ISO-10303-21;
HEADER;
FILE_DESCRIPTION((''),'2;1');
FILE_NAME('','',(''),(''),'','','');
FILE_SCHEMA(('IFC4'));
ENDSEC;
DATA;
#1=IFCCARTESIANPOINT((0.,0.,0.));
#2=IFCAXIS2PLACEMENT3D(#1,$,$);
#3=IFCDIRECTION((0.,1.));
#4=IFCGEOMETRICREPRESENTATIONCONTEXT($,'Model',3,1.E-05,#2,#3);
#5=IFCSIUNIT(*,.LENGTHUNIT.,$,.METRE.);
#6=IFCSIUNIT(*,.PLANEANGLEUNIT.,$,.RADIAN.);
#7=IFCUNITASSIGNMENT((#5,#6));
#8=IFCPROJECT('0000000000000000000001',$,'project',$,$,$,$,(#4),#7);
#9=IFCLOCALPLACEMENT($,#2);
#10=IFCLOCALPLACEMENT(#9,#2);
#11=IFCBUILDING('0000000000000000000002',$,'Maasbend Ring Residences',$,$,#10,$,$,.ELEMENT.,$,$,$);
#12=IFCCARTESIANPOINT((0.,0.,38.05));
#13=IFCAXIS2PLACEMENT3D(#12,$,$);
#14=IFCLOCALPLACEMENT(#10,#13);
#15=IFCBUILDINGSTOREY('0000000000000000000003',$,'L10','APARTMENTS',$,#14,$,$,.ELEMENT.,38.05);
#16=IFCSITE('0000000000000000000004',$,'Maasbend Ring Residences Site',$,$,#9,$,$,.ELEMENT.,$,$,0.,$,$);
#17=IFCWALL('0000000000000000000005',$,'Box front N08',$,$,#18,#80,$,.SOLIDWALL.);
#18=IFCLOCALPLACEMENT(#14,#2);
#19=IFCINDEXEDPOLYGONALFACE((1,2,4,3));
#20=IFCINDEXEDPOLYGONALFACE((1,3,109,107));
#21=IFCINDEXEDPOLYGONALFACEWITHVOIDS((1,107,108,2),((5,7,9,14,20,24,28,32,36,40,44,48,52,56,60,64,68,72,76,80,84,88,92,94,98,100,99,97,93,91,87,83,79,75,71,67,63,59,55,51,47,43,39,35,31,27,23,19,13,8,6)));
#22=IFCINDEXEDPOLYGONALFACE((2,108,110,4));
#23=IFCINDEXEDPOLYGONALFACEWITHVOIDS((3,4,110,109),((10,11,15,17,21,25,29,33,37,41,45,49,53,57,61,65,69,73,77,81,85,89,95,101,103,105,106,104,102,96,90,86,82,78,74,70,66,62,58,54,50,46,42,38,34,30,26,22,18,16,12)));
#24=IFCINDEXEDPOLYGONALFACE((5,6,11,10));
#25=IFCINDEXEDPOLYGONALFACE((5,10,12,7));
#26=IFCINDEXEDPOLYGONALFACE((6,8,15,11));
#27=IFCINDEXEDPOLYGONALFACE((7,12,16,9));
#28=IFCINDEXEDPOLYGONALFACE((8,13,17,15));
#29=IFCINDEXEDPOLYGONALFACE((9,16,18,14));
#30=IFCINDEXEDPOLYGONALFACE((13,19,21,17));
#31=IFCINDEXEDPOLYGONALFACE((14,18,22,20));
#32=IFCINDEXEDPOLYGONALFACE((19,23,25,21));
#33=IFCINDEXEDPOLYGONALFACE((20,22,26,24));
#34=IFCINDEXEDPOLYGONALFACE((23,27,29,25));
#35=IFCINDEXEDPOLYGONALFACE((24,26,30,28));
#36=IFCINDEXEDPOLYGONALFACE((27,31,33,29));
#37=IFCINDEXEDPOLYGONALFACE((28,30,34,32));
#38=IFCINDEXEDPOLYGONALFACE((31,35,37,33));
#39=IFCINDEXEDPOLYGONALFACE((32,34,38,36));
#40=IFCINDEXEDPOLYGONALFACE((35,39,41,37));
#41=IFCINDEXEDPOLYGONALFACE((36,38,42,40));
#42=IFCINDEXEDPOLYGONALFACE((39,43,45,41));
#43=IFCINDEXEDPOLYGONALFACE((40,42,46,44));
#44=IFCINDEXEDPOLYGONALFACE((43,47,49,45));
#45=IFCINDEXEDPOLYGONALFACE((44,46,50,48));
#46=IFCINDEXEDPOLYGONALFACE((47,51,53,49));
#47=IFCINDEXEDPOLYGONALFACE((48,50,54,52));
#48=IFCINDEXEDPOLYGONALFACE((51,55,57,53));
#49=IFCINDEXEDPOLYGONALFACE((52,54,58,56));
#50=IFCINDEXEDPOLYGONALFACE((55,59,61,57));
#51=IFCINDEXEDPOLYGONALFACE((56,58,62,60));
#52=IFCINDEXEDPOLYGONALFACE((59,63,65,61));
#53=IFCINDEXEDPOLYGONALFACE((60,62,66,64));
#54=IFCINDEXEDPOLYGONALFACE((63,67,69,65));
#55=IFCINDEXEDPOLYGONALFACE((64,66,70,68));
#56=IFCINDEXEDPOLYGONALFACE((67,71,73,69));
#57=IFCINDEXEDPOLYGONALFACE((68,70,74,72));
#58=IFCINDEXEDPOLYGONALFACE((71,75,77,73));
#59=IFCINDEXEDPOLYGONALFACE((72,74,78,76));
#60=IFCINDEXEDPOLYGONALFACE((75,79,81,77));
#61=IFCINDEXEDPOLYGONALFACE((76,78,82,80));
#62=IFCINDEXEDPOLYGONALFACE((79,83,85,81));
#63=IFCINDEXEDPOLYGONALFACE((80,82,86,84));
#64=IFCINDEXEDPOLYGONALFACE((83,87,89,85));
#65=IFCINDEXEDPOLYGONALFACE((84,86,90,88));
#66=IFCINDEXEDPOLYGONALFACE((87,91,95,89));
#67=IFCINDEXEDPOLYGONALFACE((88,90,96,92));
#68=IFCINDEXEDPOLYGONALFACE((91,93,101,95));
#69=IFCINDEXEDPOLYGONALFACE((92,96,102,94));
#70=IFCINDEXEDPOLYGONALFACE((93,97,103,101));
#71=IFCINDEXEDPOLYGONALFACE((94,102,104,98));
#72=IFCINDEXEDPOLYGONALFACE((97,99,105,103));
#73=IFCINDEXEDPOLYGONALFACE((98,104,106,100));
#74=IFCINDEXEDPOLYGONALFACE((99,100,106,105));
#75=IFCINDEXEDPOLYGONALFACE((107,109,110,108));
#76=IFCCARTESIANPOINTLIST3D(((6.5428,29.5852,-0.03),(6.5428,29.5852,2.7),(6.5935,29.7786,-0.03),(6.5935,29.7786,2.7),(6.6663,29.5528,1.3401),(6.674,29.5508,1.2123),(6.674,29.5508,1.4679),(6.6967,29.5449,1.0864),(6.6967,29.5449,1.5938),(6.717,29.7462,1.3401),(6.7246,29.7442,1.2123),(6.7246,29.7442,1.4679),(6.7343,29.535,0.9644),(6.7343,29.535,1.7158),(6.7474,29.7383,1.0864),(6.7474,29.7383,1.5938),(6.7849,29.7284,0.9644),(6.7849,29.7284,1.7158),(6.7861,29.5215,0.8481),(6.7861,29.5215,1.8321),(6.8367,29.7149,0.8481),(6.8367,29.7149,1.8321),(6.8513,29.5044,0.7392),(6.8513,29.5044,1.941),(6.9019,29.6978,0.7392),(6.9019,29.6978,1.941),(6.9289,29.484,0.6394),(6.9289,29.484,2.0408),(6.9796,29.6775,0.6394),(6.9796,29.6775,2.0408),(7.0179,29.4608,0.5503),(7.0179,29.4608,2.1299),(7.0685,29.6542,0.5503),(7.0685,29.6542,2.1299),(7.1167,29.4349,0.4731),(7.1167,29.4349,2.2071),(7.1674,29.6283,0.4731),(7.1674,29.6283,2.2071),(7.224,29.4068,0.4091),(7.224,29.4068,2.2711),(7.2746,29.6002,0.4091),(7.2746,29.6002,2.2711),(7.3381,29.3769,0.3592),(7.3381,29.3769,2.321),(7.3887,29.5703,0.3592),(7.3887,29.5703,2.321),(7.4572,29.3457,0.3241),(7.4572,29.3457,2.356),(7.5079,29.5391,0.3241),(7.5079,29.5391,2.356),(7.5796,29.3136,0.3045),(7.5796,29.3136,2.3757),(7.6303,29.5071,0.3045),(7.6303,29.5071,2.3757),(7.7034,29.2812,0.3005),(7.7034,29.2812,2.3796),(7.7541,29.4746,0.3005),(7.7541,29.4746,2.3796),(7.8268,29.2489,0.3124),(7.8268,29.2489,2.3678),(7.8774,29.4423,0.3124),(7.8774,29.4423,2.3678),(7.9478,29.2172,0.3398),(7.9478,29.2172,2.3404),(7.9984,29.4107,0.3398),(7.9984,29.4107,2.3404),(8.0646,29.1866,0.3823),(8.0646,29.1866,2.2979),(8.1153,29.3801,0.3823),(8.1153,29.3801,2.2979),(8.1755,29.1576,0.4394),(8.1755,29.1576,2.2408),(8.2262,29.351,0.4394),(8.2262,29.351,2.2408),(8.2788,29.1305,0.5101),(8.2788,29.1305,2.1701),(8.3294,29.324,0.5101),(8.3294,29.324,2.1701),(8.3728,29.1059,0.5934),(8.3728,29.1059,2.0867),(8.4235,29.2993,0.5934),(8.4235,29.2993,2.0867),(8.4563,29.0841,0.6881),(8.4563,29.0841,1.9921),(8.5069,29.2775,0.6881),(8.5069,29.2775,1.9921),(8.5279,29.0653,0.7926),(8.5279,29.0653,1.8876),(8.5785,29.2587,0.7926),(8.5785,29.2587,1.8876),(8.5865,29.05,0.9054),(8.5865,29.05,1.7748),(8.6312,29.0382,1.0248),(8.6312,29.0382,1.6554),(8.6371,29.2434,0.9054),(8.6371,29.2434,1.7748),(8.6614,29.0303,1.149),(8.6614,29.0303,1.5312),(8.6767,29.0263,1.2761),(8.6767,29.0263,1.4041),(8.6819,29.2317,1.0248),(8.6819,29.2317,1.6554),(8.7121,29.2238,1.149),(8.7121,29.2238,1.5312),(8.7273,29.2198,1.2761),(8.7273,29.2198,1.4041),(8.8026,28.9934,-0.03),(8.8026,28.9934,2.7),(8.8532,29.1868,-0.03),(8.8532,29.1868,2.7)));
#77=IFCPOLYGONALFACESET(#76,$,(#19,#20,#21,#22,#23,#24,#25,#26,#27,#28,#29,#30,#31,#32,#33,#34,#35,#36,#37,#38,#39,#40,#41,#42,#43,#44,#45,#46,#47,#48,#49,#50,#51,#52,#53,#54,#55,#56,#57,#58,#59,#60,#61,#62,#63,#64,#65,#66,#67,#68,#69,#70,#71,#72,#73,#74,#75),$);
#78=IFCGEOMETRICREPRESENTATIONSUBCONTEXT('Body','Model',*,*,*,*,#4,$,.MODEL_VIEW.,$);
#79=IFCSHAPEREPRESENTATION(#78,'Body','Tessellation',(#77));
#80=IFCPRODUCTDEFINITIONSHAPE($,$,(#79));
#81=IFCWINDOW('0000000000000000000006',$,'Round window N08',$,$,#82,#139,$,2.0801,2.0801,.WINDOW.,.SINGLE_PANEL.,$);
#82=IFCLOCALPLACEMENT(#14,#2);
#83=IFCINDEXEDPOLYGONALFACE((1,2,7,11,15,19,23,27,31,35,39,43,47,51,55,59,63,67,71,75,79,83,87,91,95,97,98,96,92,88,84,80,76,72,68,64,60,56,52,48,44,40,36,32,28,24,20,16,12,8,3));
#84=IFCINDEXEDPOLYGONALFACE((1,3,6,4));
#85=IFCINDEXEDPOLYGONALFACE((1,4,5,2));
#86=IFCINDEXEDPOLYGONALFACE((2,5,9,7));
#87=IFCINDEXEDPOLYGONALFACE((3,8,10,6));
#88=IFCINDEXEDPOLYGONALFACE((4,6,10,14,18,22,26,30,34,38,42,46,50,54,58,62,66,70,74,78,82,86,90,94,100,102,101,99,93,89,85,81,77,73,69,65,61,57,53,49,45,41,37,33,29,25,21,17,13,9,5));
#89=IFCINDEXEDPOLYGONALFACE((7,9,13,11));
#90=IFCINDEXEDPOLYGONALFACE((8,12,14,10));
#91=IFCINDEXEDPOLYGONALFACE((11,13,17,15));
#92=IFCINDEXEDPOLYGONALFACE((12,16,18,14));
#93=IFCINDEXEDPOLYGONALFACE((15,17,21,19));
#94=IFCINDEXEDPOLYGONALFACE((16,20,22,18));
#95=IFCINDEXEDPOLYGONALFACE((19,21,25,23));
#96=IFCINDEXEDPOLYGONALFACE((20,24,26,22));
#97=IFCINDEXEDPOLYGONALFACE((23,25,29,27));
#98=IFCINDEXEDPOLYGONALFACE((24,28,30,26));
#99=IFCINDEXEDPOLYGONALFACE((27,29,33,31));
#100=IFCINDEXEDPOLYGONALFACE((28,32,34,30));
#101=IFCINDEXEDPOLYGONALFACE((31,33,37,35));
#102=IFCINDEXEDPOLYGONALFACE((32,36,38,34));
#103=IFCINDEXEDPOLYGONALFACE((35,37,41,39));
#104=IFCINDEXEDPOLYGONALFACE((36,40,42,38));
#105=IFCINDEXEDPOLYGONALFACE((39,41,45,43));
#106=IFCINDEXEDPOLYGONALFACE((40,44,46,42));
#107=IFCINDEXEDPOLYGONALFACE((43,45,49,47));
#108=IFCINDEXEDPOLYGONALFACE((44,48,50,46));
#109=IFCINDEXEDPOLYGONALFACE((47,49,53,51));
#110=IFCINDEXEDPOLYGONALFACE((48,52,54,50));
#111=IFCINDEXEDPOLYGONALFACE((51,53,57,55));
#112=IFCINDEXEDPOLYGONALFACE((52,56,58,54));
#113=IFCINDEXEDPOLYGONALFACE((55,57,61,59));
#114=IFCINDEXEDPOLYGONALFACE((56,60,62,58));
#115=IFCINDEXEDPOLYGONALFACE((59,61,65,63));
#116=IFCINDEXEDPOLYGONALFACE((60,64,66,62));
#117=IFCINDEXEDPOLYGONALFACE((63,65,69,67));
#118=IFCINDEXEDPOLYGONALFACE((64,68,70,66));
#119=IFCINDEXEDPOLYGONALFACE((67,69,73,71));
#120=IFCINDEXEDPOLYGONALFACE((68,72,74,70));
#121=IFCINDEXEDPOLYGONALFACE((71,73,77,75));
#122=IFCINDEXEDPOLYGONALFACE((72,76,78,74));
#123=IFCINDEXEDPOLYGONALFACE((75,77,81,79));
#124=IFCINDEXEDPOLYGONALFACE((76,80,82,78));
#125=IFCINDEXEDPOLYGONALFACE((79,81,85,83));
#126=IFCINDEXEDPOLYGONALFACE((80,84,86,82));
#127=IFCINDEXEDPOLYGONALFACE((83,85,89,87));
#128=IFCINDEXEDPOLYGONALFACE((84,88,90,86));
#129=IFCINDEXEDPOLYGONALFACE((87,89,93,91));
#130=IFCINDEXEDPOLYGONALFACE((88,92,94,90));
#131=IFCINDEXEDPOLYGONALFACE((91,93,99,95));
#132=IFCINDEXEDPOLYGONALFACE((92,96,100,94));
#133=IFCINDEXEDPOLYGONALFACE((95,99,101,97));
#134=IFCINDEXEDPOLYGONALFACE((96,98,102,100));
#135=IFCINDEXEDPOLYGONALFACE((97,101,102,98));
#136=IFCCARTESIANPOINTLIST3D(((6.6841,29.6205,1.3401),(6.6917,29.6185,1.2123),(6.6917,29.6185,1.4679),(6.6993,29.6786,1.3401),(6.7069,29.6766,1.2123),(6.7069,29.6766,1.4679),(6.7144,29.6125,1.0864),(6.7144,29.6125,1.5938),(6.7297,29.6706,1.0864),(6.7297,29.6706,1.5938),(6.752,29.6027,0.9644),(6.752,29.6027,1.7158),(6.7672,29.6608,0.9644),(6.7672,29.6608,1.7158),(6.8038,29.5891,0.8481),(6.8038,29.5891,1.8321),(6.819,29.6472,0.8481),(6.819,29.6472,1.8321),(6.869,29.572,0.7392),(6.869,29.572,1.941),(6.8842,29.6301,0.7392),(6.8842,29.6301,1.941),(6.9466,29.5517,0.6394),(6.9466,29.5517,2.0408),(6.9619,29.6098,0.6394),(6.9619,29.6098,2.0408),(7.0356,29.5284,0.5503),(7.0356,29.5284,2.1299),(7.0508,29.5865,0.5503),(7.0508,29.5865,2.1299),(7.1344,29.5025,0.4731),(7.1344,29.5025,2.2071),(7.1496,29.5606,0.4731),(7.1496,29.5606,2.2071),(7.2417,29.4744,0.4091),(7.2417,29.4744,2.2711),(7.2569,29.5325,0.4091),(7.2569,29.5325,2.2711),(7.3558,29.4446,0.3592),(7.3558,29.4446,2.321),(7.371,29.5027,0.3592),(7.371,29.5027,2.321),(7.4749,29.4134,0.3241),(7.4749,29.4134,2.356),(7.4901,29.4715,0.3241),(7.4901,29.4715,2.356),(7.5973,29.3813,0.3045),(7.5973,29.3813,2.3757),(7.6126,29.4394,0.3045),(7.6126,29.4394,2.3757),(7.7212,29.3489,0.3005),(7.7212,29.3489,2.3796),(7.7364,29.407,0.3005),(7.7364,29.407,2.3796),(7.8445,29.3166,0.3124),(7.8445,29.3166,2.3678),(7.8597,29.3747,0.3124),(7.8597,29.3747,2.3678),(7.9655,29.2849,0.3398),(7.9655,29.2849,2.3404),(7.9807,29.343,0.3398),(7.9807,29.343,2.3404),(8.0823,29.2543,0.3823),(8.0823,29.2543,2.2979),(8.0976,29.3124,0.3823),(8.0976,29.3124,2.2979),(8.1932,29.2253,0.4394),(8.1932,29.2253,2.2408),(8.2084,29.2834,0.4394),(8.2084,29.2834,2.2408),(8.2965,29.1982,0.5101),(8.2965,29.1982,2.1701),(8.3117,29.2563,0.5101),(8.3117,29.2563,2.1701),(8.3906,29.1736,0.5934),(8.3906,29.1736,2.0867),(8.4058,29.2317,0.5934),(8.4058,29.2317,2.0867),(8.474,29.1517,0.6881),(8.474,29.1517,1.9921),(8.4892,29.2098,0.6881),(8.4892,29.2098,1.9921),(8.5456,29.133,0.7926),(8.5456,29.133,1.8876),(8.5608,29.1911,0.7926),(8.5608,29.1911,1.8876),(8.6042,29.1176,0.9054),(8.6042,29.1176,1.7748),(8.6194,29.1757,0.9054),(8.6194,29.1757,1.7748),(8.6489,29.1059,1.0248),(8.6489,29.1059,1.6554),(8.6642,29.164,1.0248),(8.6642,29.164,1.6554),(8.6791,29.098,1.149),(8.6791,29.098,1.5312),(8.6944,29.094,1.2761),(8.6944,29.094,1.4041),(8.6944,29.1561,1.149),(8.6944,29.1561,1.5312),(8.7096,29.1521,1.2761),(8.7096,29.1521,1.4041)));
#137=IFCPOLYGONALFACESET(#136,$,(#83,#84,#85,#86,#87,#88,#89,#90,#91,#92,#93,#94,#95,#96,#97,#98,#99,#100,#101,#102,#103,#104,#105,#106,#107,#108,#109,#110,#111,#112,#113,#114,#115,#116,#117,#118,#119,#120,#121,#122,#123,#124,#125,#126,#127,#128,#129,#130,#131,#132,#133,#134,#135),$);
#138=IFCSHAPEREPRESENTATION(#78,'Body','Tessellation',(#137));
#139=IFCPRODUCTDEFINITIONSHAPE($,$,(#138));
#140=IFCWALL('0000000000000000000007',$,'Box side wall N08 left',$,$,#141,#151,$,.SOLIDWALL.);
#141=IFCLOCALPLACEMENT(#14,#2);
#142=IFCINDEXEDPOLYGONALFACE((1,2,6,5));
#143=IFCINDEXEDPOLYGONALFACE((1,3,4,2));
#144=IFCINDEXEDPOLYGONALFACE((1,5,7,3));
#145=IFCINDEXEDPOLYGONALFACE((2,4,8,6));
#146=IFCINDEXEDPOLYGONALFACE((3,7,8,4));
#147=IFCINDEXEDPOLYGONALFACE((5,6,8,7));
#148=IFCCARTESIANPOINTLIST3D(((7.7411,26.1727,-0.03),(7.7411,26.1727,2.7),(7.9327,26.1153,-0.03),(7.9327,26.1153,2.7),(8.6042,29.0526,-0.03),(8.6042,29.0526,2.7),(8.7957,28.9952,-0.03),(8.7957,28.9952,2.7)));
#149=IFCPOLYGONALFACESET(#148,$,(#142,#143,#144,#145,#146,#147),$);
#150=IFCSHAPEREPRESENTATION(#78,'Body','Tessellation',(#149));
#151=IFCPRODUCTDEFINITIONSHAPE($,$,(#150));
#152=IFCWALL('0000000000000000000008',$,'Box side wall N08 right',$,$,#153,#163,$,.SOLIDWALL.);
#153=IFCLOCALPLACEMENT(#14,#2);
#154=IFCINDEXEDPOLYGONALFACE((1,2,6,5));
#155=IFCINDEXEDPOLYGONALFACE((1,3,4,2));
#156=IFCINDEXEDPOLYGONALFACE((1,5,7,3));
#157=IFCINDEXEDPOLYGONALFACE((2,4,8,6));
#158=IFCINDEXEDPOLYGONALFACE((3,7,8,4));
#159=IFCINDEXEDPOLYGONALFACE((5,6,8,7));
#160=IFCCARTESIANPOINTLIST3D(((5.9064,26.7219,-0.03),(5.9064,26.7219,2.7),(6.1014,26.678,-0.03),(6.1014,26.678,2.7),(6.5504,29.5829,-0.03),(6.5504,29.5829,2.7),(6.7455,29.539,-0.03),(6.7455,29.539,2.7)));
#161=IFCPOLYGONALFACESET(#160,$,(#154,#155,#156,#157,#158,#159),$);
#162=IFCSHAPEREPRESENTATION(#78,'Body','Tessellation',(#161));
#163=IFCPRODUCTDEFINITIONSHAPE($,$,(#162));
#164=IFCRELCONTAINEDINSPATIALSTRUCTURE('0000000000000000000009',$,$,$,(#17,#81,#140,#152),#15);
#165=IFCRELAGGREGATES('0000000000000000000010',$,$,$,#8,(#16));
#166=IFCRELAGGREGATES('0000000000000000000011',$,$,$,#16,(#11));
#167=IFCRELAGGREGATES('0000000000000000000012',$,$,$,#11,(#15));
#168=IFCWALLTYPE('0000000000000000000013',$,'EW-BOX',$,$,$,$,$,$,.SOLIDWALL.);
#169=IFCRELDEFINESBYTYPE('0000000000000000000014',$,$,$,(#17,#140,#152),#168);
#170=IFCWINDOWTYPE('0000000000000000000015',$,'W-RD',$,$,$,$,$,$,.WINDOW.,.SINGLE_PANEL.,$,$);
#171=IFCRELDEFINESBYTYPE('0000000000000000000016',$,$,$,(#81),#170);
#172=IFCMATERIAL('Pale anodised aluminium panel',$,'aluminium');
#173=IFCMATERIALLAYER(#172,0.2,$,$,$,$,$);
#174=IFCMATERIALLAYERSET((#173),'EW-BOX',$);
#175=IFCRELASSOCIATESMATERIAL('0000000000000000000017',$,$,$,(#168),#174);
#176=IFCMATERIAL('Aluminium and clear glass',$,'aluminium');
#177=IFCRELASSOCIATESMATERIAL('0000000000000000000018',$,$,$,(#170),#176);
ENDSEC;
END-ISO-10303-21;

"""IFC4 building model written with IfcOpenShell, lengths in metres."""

from ifc_helpers import new_model, si_unit, direction, frame, frame_2d, origin, place, context, subcontext, project, spatial, rectangle, circle, extrude, material, layer, layer_set, type_object, element, fill, save


model = new_model("IFC4")

# Units and contexts
model_context = context("Model", 3, precision=1e-05, world=origin(), true_north=direction((0.0, 1.0)))
body_context = subcontext(model_context, "Body", "Model", "MODEL_VIEW")
ifc_project = project(units=[si_unit("LENGTHUNIT", "METRE"), si_unit("PLANEANGLEUNIT", "RADIAN")], contexts=[model_context])

# Site, building, storey
site_placement = place(None, origin())
site = spatial("IfcSite", under=ifc_project, at=site_placement, Name="Maasbend Ring Residences Site", CompositionType="ELEMENT", RefElevation=0.0)
building_placement = place(site_placement, origin())
building = spatial("IfcBuilding", under=site, at=building_placement, Name="Maasbend Ring Residences", CompositionType="ELEMENT")
storey_placement = place(building_placement, frame((0.0, 0.0, 38.05)))
storey = spatial("IfcBuildingStorey", under=building, at=storey_placement, Name="L10", Description="APARTMENTS", CompositionType="ELEMENT", Elevation=38.05)

# Shared definitions
ifc_material_1 = material(Name="Pale anodised aluminium panel", Category="aluminium")
ifc_layer_1 = layer(ifc_material_1, 0.2)
ifc_layer_set_1 = layer_set([ifc_layer_1], Name="EW-BOX")
wall_type_1 = type_object("IfcWallType", Name="EW-BOX", PredefinedType="SOLIDWALL", material=ifc_layer_set_1)

# Wall, opening, window
wall_1_placement = place(storey_placement, frame((8.8279, 29.0901, -0.03), z_axis=(0.0, 0.0, 1.0), x_axis=(-0.967377, 0.253341, 0.0)))
wall_1 = element("IfcWall", 1, at=wall_1_placement, inside=storey, type_object=wall_type_1, Name="Box front N08", PredefinedType="SOLIDWALL", context=body_context, shape_type="SweptSolid", body=[
    extrude(rectangle(XDim=2.3359, YDim=0.2, at=frame_2d((1.168, 0.0))), origin(), (0.0, 0.0, 1.0), 2.73),
])
opening_1_placement = place(wall_1_placement, frame((0.1282, 0.0, 0.3301)))
opening_1 = element("IfcOpeningElement", 2, at=opening_1_placement, cuts=wall_1, PredefinedType="OPENING", context=body_context, shape_type="SweptSolid", body=[
    extrude(circle(Radius=1.04, at=frame_2d((1.04, 1.04))), frame((0.0, 0.1099, 0.0), z_axis=(0.0, -1.0, 0.0), x_axis=(1.0, 0.0, 0.0)), (0.0, 0.0, 1.0), 0.22),
])
ifc_material_2 = material(Name="Aluminium and clear glass", Category="aluminium")
window_type_1 = type_object("IfcWindowType", Name="W-RD", PartitioningType="SINGLE_PANEL", PredefinedType="WINDOW", material=ifc_material_2)
window_1_placement = place(opening_1_placement, origin())
window_1 = element("IfcWindow", 3, at=window_1_placement, inside=storey, type_object=window_type_1, Name="Round window N08", OverallHeight=2.0801, OverallWidth=2.0801, PartitioningType="SINGLE_PANEL", PredefinedType="WINDOW", context=body_context, shape_type="SweptSolid", body=[
    extrude(circle(Radius=1.04, at=frame_2d((1.04, 1.04))), frame((0.0, 0.03, 0.0), z_axis=(0.0, -1.0, 0.0), x_axis=(1.0, 0.0, 0.0)), (0.0, 0.0, 1.0), 0.0601),
])
fill(opening_1, window_1)

# Walls
wall_2_placement = place(storey_placement, frame((7.8369, 26.144, -0.03), z_axis=(0.0, 0.0, 1.0), x_axis=(0.287065, 0.957911, 0.0)))
element("IfcWall", 4, at=wall_2_placement, inside=storey, type_object=wall_type_1, Name="Box side wall N08 left", PredefinedType="SOLIDWALL", context=body_context, shape_type="SweptSolid", body=[
    extrude(rectangle(XDim=3.0063, YDim=0.2, at=frame_2d((1.5032, 0.0))), origin(), (0.0, 0.0, 1.0), 2.73),
])
wall_3_placement = place(storey_placement, frame((6.0039, 26.7, -0.03), z_axis=(0.0, 0.0, 1.0), x_axis=(0.219609, 0.975588, 0.0)))
element("IfcWall", 5, at=wall_3_placement, inside=storey, type_object=wall_type_1, Name="Box side wall N08 right", PredefinedType="SOLIDWALL", context=body_context, shape_type="SweptSolid", body=[
    extrude(rectangle(XDim=2.9326, YDim=0.2, at=frame_2d((1.4663, 0.0))), origin(), (0.0, 0.0, 1.0), 2.73),
])

save(model, "model.ifc")
